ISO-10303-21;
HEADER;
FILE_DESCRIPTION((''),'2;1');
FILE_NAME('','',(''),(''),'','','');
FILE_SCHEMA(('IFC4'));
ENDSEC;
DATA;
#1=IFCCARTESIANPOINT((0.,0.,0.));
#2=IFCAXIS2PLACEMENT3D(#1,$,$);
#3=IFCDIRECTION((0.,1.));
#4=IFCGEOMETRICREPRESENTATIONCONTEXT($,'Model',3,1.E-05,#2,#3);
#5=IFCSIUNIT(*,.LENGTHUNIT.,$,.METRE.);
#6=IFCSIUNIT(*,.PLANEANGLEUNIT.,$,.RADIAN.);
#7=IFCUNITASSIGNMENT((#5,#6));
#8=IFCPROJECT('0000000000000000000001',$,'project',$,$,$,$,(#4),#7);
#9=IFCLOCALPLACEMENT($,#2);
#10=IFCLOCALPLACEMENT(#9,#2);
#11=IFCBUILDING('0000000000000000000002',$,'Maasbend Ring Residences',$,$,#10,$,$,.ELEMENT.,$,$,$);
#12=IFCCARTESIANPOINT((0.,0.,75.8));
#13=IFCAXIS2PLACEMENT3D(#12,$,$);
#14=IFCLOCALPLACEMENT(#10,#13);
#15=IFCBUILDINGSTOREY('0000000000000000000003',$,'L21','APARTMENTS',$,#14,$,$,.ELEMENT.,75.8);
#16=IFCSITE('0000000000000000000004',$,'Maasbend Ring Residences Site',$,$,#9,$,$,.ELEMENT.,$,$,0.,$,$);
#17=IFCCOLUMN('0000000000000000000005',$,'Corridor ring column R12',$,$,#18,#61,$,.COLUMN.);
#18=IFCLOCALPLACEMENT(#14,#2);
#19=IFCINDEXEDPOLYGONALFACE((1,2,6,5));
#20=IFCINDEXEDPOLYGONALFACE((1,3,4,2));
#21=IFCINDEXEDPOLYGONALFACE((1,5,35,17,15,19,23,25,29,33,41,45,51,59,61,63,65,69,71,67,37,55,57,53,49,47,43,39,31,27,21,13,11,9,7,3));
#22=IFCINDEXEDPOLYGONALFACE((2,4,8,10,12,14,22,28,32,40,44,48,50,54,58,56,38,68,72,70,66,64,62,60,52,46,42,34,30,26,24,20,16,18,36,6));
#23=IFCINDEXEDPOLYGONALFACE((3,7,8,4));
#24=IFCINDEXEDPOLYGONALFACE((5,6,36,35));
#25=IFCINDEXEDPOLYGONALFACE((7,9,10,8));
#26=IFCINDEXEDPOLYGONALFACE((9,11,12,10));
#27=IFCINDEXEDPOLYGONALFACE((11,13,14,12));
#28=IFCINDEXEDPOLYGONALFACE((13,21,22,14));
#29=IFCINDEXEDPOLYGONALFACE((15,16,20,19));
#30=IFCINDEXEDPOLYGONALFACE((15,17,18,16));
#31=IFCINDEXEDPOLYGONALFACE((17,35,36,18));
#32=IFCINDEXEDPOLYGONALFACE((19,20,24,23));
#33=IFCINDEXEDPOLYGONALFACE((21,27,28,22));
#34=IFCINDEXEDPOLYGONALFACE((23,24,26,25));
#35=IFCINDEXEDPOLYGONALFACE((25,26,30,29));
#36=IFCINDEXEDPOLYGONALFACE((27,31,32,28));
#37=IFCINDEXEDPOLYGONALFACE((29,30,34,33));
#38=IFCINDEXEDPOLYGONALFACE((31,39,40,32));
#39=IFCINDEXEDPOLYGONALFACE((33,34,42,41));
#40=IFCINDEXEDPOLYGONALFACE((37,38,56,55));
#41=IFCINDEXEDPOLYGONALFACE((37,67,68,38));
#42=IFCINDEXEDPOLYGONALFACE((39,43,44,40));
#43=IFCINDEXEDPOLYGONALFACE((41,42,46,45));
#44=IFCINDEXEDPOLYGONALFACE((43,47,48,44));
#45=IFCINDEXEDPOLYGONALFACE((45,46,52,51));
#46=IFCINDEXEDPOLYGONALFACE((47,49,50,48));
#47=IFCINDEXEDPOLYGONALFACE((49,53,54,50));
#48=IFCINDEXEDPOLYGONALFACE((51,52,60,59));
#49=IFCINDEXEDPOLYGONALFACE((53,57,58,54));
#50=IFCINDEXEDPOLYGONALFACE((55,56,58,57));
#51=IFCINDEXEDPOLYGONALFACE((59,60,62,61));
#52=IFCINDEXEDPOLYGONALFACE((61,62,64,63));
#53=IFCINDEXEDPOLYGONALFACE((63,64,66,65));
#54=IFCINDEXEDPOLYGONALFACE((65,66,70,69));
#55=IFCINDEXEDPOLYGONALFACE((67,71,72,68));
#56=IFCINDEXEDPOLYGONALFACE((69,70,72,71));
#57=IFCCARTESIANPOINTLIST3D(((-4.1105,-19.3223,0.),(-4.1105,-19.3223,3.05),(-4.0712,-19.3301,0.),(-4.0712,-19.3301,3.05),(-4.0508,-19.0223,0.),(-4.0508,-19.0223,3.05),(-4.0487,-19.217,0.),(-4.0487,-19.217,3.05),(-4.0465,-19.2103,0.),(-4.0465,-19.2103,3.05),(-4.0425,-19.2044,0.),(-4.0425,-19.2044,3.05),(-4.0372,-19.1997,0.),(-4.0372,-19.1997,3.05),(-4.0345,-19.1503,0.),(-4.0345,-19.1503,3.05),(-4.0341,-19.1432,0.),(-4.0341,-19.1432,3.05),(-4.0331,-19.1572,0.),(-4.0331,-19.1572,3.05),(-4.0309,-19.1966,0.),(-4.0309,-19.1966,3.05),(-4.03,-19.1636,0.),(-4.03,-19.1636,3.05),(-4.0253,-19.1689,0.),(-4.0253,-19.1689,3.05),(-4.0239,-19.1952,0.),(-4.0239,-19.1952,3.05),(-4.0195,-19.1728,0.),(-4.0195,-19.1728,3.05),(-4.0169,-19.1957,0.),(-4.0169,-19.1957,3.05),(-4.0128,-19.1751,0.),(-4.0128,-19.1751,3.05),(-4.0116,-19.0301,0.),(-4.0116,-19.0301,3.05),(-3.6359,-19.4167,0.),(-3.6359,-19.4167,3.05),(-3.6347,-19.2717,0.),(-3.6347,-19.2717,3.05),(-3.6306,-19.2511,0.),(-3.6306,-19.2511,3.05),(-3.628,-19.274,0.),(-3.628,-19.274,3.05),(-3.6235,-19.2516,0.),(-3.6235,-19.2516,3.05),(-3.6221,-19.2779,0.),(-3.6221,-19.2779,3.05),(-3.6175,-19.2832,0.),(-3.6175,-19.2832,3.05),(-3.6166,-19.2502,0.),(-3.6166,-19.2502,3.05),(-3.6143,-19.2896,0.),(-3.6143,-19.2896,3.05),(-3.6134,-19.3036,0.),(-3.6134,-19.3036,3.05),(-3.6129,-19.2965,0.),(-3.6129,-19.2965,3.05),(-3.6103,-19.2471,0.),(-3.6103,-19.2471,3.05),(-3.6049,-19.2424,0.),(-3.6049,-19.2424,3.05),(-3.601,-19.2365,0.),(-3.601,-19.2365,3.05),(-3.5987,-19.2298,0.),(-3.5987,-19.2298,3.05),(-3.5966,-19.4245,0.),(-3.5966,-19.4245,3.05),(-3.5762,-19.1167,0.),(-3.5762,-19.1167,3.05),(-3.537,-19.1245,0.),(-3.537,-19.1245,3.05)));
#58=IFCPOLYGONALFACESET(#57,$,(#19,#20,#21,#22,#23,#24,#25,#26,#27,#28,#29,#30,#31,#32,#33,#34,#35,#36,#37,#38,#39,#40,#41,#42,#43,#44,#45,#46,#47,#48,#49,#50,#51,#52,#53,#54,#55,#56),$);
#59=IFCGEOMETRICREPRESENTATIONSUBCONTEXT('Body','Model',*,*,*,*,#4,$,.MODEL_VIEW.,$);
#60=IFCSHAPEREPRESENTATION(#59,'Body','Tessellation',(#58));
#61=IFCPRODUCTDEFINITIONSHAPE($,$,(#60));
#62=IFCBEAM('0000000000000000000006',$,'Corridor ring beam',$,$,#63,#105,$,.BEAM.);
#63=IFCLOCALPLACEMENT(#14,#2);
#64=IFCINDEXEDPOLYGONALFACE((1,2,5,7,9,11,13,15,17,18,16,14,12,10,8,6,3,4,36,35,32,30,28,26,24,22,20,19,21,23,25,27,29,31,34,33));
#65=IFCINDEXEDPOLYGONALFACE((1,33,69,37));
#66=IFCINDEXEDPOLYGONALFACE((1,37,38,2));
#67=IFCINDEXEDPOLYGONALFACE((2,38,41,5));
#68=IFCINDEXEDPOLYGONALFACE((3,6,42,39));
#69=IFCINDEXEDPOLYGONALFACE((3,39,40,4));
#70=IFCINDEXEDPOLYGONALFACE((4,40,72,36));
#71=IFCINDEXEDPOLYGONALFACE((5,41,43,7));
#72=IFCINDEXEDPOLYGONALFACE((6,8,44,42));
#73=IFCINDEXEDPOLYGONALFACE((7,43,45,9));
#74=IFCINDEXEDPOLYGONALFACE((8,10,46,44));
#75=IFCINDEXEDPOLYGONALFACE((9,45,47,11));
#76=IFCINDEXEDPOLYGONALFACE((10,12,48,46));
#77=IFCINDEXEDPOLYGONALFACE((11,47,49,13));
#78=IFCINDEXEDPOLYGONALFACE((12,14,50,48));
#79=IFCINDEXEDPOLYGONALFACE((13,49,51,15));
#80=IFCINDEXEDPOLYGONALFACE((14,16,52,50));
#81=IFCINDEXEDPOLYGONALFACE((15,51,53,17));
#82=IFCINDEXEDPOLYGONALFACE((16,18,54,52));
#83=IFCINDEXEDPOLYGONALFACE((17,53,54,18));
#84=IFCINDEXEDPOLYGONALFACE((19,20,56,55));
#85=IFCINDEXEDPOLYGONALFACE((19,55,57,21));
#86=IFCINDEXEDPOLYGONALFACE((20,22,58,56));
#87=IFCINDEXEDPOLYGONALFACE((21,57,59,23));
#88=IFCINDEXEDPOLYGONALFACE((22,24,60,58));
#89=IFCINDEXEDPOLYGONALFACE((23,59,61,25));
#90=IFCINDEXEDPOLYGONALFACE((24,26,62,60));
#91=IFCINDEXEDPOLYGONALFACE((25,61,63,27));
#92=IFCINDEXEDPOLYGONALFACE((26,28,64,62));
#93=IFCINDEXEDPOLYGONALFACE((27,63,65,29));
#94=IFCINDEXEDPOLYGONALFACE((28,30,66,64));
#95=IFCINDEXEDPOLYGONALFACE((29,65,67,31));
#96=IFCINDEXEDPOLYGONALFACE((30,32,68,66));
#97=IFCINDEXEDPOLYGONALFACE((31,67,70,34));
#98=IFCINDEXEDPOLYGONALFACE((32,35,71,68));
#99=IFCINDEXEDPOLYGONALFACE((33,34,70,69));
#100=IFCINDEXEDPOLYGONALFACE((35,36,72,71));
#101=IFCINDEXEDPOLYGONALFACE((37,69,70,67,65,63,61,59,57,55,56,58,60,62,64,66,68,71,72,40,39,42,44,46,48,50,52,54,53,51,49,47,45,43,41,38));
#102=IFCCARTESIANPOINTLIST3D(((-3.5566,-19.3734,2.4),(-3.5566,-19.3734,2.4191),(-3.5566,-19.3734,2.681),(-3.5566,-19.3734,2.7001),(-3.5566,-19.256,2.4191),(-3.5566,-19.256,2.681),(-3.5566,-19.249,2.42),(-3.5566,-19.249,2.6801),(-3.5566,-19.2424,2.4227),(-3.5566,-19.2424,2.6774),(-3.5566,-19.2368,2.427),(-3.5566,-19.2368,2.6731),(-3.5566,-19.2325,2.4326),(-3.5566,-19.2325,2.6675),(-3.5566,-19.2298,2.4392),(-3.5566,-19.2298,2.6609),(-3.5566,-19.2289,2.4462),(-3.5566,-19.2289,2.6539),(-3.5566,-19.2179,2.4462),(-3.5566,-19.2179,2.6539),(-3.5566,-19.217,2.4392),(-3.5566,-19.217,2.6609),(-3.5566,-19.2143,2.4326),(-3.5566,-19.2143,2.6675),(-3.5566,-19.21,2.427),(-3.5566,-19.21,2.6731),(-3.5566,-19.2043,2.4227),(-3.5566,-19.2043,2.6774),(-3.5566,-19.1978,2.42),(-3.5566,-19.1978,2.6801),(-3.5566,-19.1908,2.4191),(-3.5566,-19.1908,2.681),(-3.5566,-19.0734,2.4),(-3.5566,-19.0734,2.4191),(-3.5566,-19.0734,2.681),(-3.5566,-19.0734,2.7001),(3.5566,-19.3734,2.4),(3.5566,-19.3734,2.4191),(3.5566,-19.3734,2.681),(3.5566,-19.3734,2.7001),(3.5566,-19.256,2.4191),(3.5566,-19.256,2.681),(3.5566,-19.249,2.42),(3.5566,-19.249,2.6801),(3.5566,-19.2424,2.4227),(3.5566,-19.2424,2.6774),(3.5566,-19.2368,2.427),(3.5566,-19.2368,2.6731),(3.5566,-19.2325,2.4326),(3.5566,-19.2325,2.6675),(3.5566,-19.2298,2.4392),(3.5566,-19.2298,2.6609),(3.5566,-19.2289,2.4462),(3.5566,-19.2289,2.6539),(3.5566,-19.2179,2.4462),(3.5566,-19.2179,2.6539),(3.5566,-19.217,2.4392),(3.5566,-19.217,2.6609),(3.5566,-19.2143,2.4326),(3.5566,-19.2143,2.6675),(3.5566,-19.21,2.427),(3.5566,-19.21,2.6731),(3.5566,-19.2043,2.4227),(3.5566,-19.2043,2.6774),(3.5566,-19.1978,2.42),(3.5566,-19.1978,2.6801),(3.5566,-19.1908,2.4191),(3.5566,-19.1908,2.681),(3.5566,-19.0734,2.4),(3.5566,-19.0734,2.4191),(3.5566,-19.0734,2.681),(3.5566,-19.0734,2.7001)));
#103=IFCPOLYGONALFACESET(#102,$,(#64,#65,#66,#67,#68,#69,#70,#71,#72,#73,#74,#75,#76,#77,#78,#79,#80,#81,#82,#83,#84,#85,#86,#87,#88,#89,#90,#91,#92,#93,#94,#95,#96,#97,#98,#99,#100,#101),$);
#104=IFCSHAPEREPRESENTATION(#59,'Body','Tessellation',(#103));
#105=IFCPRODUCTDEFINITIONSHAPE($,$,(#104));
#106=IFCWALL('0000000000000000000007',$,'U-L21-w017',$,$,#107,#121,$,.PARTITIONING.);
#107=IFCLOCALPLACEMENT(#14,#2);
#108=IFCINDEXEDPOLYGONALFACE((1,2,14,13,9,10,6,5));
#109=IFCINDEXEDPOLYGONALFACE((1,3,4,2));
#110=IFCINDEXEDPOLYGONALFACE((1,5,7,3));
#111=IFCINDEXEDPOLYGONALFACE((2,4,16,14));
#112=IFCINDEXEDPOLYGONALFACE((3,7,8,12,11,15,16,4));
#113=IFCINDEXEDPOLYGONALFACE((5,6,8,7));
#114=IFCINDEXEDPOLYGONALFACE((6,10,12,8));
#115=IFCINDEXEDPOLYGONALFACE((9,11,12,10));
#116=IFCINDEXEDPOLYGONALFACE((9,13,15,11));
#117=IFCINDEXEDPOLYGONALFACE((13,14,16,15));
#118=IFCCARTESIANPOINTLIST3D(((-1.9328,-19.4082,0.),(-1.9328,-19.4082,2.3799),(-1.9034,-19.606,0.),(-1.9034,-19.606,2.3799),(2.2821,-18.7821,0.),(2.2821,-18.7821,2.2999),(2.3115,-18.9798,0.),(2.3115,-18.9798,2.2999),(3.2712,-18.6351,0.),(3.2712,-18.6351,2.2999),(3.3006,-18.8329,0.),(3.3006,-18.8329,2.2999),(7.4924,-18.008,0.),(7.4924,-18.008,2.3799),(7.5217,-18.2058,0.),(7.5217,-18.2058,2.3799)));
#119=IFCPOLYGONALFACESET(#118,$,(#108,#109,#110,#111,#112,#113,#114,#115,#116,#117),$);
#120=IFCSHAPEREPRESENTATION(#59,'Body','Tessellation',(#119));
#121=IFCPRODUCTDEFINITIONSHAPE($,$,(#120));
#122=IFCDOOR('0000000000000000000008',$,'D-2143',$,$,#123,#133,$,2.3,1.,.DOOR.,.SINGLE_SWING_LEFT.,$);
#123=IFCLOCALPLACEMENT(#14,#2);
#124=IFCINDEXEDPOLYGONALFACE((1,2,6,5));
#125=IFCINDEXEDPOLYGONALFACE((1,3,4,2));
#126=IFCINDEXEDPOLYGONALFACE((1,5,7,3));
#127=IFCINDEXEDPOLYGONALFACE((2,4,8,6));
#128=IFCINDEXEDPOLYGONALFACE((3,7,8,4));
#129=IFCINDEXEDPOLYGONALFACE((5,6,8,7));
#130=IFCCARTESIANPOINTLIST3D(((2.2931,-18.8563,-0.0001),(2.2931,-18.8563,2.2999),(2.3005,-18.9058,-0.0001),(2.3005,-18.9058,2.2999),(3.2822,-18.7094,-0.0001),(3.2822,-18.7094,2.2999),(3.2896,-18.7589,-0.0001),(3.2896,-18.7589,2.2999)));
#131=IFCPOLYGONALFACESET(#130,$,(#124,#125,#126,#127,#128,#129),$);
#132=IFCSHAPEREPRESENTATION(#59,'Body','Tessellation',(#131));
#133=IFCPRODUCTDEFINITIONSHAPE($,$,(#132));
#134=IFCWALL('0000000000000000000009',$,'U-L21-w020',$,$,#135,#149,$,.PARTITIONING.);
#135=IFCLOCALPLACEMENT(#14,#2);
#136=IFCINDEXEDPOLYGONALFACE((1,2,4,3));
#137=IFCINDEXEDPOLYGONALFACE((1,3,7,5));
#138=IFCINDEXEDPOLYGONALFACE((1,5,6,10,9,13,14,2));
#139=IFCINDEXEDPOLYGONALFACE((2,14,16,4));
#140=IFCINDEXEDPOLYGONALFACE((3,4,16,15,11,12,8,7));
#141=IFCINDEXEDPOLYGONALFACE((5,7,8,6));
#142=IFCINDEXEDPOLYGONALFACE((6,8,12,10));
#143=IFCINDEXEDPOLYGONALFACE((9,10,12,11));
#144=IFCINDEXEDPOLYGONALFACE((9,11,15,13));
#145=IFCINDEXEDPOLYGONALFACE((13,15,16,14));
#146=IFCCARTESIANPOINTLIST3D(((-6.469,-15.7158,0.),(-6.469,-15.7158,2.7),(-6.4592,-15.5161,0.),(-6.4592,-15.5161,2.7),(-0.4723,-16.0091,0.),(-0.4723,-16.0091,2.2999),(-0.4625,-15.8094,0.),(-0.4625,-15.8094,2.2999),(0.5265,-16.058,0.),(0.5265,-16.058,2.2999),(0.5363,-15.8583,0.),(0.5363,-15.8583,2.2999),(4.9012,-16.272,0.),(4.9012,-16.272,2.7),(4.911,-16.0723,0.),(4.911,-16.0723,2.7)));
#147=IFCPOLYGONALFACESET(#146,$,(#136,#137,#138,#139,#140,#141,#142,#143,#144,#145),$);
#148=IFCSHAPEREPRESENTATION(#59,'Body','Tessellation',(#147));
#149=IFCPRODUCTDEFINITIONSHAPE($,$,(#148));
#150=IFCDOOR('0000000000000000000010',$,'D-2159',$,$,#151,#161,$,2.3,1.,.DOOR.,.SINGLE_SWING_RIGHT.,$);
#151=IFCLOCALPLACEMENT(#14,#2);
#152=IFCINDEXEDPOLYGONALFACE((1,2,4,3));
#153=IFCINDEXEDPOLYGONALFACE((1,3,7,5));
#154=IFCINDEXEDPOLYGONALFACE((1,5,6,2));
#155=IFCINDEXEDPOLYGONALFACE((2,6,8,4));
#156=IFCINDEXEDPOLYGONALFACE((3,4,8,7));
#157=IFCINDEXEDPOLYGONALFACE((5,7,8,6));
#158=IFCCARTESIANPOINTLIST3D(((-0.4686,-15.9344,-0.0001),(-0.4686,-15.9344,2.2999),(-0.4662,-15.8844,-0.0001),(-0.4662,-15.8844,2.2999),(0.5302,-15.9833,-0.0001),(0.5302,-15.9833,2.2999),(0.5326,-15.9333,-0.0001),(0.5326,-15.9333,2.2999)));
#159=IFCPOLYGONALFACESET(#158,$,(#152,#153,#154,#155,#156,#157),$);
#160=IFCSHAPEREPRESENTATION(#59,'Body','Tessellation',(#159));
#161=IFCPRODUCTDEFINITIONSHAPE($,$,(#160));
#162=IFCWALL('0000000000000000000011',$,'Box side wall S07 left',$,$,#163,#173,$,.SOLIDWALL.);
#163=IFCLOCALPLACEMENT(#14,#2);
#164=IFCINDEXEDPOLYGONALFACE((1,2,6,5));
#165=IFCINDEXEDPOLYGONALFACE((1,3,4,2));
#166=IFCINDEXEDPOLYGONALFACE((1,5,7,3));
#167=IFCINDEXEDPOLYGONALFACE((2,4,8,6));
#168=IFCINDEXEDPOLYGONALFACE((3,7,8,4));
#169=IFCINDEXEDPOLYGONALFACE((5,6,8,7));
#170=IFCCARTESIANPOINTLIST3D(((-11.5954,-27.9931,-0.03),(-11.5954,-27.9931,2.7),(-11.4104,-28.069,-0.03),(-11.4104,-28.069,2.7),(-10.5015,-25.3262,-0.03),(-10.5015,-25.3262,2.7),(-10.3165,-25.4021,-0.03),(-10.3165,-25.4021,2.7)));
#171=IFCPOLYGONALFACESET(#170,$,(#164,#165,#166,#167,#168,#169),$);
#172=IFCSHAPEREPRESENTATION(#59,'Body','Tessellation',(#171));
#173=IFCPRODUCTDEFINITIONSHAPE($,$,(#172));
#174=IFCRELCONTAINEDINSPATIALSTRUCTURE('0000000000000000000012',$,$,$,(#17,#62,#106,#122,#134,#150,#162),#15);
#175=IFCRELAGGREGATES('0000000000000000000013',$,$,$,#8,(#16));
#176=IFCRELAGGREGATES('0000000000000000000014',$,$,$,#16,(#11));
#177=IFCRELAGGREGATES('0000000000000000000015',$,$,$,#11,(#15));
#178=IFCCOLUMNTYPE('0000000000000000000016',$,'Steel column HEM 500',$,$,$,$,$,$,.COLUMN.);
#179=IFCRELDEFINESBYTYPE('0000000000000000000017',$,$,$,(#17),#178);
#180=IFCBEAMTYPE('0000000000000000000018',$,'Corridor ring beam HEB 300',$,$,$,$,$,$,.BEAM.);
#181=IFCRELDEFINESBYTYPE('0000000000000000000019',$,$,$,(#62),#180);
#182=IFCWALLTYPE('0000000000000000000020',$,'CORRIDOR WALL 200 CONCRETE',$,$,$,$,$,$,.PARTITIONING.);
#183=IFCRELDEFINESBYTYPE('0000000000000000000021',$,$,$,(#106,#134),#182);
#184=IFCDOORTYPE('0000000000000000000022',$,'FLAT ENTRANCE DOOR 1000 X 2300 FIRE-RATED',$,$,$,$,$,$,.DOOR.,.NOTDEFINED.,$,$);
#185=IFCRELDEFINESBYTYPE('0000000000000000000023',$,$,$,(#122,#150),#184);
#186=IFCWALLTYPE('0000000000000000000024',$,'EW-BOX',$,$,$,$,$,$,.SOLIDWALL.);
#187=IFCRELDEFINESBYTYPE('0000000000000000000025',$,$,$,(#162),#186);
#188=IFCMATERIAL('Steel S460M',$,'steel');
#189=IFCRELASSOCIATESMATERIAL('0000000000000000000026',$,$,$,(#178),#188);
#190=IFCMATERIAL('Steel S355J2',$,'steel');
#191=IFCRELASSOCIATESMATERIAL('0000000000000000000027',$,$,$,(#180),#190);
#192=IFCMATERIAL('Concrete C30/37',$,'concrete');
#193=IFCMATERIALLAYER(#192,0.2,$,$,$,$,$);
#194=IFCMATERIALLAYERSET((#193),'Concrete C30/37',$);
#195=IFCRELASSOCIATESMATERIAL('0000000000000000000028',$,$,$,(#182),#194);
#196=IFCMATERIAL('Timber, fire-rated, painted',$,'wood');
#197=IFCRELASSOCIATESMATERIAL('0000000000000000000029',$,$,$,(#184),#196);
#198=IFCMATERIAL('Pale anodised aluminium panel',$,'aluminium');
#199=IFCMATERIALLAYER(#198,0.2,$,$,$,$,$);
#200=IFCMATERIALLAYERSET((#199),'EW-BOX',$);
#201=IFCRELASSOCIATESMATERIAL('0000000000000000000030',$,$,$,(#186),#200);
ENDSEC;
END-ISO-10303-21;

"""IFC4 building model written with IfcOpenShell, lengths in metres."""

from ifc_helpers import new_model, si_unit, direction, frame, frame_2d, origin, origin_2d, place, context, subcontext, project, spatial, rectangle, i_section, extrude, material, layer, layer_set, material_profile, profile_set, type_object, element, fill, save


model = new_model("IFC4")

# Units and contexts
model_context = context("Model", 3, precision=1e-05, world=origin(), true_north=direction((0.0, 1.0)))
body_context = subcontext(model_context, "Body", "Model", "MODEL_VIEW")
ifc_project = project(units=[si_unit("LENGTHUNIT", "METRE"), si_unit("PLANEANGLEUNIT", "RADIAN")], contexts=[model_context])

# Site, building, storey
site_placement = place(None, origin())
site = spatial("IfcSite", under=ifc_project, at=site_placement, Name="Maasbend Ring Residences Site", CompositionType="ELEMENT", RefElevation=0.0)
building_placement = place(site_placement, origin())
building = spatial("IfcBuilding", under=site, at=building_placement, Name="Maasbend Ring Residences", CompositionType="ELEMENT")
storey_placement = place(building_placement, frame((0.0, 0.0, 75.8)))
storey = spatial("IfcBuildingStorey", under=building, at=storey_placement, Name="L21", Description="APARTMENTS", CompositionType="ELEMENT", Elevation=75.8)

# Column
ifc_material_1 = material(Name="Steel S460M", Category="steel")
ifc_material_profile_1 = material_profile(ifc_material_1, i_section(OverallWidth=0.3059, OverallDepth=0.5239, WebThickness=0.021, FlangeThickness=0.04, FilletRadius=0.0271, at=origin_2d()), Name="HEM 500")
ifc_profile_set_1 = profile_set([ifc_material_profile_1], Name="Steel S460M")
column_type = type_object("IfcColumnType", Name="Steel column HEM 500", PredefinedType="COLUMN", material=ifc_profile_set_1)
column_placement = place(storey_placement, frame((-3.8237, -19.2234, 0.0), z_axis=(0.0, 0.0, 1.0), x_axis=(-0.19509, -0.980785, 0.0)))
element("IfcColumn", 1, at=column_placement, inside=storey, type_object=column_type, Name="Corridor ring column R12", PredefinedType="COLUMN", context=body_context, shape_type="SweptSolid", body=[
    extrude(i_section(OverallWidth=0.3059, OverallDepth=0.5239, WebThickness=0.021, FlangeThickness=0.04, FilletRadius=0.0271, at=origin_2d()), origin(), (0.0, 0.0, 1.0), 3.05),
])

# Beam
ifc_material_2 = material(Name="Steel S355J2", Category="steel")
ifc_material_profile_2 = material_profile(ifc_material_2, i_section(OverallWidth=0.3, OverallDepth=0.3, WebThickness=0.011, FlangeThickness=0.019, FilletRadius=0.0271, at=origin_2d()), Name="HEB 300")
ifc_profile_set_2 = profile_set([ifc_material_profile_2], Name="Steel S355J2")
beam_type = type_object("IfcBeamType", Name="Corridor ring beam HEB 300", PredefinedType="BEAM", material=ifc_profile_set_2)
beam_placement = place(storey_placement, frame((-3.5566, -19.2234, 2.55), z_axis=(1.0, 0.0, 0.0), x_axis=(0.0, 1.0, 0.0)))
element("IfcBeam", 2, at=beam_placement, inside=storey, type_object=beam_type, Name="Corridor ring beam", PredefinedType="BEAM", context=body_context, shape_type="SweptSolid", body=[
    extrude(i_section(OverallWidth=0.3, OverallDepth=0.3, WebThickness=0.011, FlangeThickness=0.019, FilletRadius=0.0271, at=origin_2d()), origin(), (0.0, 0.0, 1.0), 7.1133),
])

# Walls, openings, doors
ifc_material_3 = material(Name="Concrete C30/37", Category="concrete")
ifc_layer_1 = layer(ifc_material_3, 0.2)
ifc_layer_set_1 = layer_set([ifc_layer_1], Name="Concrete C30/37")
wall_type_1 = type_object("IfcWallType", Name="CORRIDOR WALL 200 CONCRETE", PredefinedType="PARTITIONING", material=ifc_layer_set_1)
wall_1_placement = place(storey_placement, frame((-1.918, -19.5071, 0.0), z_axis=(0.0, 0.0, 1.0), x_axis=(0.989145, 0.146943, 0.0)))
wall_1 = element("IfcWall", 3, at=wall_1_placement, inside=storey, type_object=wall_type_1, Name="U-L21-w017", PredefinedType="PARTITIONING", context=body_context, shape_type="SweptSolid", body=[
    extrude(rectangle(XDim=9.5286, YDim=0.2, at=frame_2d((4.7642, 0.0))), origin(), (0.0, 0.0, 1.0), 2.3799),
])
opening_1_placement = place(wall_1_placement, frame((4.261, 0.0, 0.0)))
opening_1 = element("IfcOpeningElement", 4, at=opening_1_placement, cuts=wall_1, PredefinedType="OPENING", context=body_context, shape_type="SweptSolid", body=[
    extrude(rectangle(XDim=1.0, YDim=2.3, at=frame_2d((0.5, 1.1499))), frame((0.0, 0.1099, 0.0), z_axis=(0.0, -1.0, 0.0), x_axis=(1.0, 0.0, 0.0)), (0.0, 0.0, 1.0), 0.22),
])
ifc_material_4 = material(Name="Timber, fire-rated, painted", Category="wood")
door_type_1 = type_object("IfcDoorType", Name="FLAT ENTRANCE DOOR 1000 X 2300 FIRE-RATED", OperationType="NOTDEFINED", PredefinedType="DOOR", material=ifc_material_4)
door_1_placement = place(opening_1_placement, origin())
door_1 = element("IfcDoor", 5, at=door_1_placement, inside=storey, type_object=door_type_1, Name="D-2143", OperationType="SINGLE_SWING_LEFT", OverallHeight=2.3, OverallWidth=1.0, PredefinedType="DOOR", context=body_context, shape_type="SweptSolid", body=[
    extrude(rectangle(XDim=1.0, YDim=2.3, at=frame_2d((0.5, 1.1499))), frame((0.0, 0.0249, 0.0), z_axis=(0.0, -1.0, 0.0), x_axis=(1.0, 0.0, 0.0)), (0.0, 0.0, 1.0), 0.05),
])
fill(opening_1, door_1)
wall_2_placement = place(storey_placement, frame((-6.4641, -15.616, 0.0), z_axis=(0.0, 0.0, 1.0), x_axis=(0.998806, -0.048855, 0.0)))
wall_2 = element("IfcWall", 6, at=wall_2_placement, inside=storey, type_object=wall_type_1, Name="U-L21-w020", PredefinedType="PARTITIONING", context=body_context, shape_type="SweptSolid", body=[
    extrude(rectangle(XDim=11.3838, YDim=0.2, at=frame_2d((5.6919, 0.0))), origin(), (0.0, 0.0, 1.0), 2.7),
])
opening_2_placement = place(wall_2_placement, frame((6.0039, 0.0, 0.0)))
opening_2 = element("IfcOpeningElement", 7, at=opening_2_placement, cuts=wall_2, PredefinedType="OPENING", context=body_context, shape_type="SweptSolid", body=[
    extrude(rectangle(XDim=1.0, YDim=2.3, at=frame_2d((0.5, 1.1499))), frame((0.0, 0.1099, 0.0), z_axis=(0.0, -1.0, 0.0), x_axis=(1.0, 0.0, 0.0)), (0.0, 0.0, 1.0), 0.22),
])
door_2_placement = place(opening_2_placement, origin())
door_2 = element("IfcDoor", 8, at=door_2_placement, inside=storey, type_object=door_type_1, Name="D-2159", OperationType="SINGLE_SWING_RIGHT", OverallHeight=2.3, OverallWidth=1.0, PredefinedType="DOOR", context=body_context, shape_type="SweptSolid", body=[
    extrude(rectangle(XDim=1.0, YDim=2.3, at=frame_2d((0.5, 1.1499))), frame((0.0, 0.0249, 0.0), z_axis=(0.0, -1.0, 0.0), x_axis=(1.0, 0.0, 0.0)), (0.0, 0.0, 1.0), 0.05),
])
fill(opening_2, door_2)

# Wall
ifc_material_5 = material(Name="Pale anodised aluminium panel", Category="aluminium")
ifc_layer_2 = layer(ifc_material_5, 0.2)
ifc_layer_set_2 = layer_set([ifc_layer_2], Name="EW-BOX")
wall_type_2 = type_object("IfcWallType", Name="EW-BOX", PredefinedType="SOLIDWALL", material=ifc_layer_set_2)
wall_3_placement = place(storey_placement, frame((-10.4089, -25.364, -0.03), z_axis=(0.0, 0.0, 1.0), x_axis=(-0.37951, -0.925188, 0.0)))
element("IfcWall", 9, at=wall_3_placement, inside=storey, type_object=wall_type_2, Name="Box side wall S07 left", PredefinedType="SOLIDWALL", context=body_context, shape_type="SweptSolid", body=[
    extrude(rectangle(XDim=2.8826, YDim=0.2, at=frame_2d((1.4414, 0.0))), origin(), (0.0, 0.0, 1.0), 2.73),
])

save(model, "model.ifc")
